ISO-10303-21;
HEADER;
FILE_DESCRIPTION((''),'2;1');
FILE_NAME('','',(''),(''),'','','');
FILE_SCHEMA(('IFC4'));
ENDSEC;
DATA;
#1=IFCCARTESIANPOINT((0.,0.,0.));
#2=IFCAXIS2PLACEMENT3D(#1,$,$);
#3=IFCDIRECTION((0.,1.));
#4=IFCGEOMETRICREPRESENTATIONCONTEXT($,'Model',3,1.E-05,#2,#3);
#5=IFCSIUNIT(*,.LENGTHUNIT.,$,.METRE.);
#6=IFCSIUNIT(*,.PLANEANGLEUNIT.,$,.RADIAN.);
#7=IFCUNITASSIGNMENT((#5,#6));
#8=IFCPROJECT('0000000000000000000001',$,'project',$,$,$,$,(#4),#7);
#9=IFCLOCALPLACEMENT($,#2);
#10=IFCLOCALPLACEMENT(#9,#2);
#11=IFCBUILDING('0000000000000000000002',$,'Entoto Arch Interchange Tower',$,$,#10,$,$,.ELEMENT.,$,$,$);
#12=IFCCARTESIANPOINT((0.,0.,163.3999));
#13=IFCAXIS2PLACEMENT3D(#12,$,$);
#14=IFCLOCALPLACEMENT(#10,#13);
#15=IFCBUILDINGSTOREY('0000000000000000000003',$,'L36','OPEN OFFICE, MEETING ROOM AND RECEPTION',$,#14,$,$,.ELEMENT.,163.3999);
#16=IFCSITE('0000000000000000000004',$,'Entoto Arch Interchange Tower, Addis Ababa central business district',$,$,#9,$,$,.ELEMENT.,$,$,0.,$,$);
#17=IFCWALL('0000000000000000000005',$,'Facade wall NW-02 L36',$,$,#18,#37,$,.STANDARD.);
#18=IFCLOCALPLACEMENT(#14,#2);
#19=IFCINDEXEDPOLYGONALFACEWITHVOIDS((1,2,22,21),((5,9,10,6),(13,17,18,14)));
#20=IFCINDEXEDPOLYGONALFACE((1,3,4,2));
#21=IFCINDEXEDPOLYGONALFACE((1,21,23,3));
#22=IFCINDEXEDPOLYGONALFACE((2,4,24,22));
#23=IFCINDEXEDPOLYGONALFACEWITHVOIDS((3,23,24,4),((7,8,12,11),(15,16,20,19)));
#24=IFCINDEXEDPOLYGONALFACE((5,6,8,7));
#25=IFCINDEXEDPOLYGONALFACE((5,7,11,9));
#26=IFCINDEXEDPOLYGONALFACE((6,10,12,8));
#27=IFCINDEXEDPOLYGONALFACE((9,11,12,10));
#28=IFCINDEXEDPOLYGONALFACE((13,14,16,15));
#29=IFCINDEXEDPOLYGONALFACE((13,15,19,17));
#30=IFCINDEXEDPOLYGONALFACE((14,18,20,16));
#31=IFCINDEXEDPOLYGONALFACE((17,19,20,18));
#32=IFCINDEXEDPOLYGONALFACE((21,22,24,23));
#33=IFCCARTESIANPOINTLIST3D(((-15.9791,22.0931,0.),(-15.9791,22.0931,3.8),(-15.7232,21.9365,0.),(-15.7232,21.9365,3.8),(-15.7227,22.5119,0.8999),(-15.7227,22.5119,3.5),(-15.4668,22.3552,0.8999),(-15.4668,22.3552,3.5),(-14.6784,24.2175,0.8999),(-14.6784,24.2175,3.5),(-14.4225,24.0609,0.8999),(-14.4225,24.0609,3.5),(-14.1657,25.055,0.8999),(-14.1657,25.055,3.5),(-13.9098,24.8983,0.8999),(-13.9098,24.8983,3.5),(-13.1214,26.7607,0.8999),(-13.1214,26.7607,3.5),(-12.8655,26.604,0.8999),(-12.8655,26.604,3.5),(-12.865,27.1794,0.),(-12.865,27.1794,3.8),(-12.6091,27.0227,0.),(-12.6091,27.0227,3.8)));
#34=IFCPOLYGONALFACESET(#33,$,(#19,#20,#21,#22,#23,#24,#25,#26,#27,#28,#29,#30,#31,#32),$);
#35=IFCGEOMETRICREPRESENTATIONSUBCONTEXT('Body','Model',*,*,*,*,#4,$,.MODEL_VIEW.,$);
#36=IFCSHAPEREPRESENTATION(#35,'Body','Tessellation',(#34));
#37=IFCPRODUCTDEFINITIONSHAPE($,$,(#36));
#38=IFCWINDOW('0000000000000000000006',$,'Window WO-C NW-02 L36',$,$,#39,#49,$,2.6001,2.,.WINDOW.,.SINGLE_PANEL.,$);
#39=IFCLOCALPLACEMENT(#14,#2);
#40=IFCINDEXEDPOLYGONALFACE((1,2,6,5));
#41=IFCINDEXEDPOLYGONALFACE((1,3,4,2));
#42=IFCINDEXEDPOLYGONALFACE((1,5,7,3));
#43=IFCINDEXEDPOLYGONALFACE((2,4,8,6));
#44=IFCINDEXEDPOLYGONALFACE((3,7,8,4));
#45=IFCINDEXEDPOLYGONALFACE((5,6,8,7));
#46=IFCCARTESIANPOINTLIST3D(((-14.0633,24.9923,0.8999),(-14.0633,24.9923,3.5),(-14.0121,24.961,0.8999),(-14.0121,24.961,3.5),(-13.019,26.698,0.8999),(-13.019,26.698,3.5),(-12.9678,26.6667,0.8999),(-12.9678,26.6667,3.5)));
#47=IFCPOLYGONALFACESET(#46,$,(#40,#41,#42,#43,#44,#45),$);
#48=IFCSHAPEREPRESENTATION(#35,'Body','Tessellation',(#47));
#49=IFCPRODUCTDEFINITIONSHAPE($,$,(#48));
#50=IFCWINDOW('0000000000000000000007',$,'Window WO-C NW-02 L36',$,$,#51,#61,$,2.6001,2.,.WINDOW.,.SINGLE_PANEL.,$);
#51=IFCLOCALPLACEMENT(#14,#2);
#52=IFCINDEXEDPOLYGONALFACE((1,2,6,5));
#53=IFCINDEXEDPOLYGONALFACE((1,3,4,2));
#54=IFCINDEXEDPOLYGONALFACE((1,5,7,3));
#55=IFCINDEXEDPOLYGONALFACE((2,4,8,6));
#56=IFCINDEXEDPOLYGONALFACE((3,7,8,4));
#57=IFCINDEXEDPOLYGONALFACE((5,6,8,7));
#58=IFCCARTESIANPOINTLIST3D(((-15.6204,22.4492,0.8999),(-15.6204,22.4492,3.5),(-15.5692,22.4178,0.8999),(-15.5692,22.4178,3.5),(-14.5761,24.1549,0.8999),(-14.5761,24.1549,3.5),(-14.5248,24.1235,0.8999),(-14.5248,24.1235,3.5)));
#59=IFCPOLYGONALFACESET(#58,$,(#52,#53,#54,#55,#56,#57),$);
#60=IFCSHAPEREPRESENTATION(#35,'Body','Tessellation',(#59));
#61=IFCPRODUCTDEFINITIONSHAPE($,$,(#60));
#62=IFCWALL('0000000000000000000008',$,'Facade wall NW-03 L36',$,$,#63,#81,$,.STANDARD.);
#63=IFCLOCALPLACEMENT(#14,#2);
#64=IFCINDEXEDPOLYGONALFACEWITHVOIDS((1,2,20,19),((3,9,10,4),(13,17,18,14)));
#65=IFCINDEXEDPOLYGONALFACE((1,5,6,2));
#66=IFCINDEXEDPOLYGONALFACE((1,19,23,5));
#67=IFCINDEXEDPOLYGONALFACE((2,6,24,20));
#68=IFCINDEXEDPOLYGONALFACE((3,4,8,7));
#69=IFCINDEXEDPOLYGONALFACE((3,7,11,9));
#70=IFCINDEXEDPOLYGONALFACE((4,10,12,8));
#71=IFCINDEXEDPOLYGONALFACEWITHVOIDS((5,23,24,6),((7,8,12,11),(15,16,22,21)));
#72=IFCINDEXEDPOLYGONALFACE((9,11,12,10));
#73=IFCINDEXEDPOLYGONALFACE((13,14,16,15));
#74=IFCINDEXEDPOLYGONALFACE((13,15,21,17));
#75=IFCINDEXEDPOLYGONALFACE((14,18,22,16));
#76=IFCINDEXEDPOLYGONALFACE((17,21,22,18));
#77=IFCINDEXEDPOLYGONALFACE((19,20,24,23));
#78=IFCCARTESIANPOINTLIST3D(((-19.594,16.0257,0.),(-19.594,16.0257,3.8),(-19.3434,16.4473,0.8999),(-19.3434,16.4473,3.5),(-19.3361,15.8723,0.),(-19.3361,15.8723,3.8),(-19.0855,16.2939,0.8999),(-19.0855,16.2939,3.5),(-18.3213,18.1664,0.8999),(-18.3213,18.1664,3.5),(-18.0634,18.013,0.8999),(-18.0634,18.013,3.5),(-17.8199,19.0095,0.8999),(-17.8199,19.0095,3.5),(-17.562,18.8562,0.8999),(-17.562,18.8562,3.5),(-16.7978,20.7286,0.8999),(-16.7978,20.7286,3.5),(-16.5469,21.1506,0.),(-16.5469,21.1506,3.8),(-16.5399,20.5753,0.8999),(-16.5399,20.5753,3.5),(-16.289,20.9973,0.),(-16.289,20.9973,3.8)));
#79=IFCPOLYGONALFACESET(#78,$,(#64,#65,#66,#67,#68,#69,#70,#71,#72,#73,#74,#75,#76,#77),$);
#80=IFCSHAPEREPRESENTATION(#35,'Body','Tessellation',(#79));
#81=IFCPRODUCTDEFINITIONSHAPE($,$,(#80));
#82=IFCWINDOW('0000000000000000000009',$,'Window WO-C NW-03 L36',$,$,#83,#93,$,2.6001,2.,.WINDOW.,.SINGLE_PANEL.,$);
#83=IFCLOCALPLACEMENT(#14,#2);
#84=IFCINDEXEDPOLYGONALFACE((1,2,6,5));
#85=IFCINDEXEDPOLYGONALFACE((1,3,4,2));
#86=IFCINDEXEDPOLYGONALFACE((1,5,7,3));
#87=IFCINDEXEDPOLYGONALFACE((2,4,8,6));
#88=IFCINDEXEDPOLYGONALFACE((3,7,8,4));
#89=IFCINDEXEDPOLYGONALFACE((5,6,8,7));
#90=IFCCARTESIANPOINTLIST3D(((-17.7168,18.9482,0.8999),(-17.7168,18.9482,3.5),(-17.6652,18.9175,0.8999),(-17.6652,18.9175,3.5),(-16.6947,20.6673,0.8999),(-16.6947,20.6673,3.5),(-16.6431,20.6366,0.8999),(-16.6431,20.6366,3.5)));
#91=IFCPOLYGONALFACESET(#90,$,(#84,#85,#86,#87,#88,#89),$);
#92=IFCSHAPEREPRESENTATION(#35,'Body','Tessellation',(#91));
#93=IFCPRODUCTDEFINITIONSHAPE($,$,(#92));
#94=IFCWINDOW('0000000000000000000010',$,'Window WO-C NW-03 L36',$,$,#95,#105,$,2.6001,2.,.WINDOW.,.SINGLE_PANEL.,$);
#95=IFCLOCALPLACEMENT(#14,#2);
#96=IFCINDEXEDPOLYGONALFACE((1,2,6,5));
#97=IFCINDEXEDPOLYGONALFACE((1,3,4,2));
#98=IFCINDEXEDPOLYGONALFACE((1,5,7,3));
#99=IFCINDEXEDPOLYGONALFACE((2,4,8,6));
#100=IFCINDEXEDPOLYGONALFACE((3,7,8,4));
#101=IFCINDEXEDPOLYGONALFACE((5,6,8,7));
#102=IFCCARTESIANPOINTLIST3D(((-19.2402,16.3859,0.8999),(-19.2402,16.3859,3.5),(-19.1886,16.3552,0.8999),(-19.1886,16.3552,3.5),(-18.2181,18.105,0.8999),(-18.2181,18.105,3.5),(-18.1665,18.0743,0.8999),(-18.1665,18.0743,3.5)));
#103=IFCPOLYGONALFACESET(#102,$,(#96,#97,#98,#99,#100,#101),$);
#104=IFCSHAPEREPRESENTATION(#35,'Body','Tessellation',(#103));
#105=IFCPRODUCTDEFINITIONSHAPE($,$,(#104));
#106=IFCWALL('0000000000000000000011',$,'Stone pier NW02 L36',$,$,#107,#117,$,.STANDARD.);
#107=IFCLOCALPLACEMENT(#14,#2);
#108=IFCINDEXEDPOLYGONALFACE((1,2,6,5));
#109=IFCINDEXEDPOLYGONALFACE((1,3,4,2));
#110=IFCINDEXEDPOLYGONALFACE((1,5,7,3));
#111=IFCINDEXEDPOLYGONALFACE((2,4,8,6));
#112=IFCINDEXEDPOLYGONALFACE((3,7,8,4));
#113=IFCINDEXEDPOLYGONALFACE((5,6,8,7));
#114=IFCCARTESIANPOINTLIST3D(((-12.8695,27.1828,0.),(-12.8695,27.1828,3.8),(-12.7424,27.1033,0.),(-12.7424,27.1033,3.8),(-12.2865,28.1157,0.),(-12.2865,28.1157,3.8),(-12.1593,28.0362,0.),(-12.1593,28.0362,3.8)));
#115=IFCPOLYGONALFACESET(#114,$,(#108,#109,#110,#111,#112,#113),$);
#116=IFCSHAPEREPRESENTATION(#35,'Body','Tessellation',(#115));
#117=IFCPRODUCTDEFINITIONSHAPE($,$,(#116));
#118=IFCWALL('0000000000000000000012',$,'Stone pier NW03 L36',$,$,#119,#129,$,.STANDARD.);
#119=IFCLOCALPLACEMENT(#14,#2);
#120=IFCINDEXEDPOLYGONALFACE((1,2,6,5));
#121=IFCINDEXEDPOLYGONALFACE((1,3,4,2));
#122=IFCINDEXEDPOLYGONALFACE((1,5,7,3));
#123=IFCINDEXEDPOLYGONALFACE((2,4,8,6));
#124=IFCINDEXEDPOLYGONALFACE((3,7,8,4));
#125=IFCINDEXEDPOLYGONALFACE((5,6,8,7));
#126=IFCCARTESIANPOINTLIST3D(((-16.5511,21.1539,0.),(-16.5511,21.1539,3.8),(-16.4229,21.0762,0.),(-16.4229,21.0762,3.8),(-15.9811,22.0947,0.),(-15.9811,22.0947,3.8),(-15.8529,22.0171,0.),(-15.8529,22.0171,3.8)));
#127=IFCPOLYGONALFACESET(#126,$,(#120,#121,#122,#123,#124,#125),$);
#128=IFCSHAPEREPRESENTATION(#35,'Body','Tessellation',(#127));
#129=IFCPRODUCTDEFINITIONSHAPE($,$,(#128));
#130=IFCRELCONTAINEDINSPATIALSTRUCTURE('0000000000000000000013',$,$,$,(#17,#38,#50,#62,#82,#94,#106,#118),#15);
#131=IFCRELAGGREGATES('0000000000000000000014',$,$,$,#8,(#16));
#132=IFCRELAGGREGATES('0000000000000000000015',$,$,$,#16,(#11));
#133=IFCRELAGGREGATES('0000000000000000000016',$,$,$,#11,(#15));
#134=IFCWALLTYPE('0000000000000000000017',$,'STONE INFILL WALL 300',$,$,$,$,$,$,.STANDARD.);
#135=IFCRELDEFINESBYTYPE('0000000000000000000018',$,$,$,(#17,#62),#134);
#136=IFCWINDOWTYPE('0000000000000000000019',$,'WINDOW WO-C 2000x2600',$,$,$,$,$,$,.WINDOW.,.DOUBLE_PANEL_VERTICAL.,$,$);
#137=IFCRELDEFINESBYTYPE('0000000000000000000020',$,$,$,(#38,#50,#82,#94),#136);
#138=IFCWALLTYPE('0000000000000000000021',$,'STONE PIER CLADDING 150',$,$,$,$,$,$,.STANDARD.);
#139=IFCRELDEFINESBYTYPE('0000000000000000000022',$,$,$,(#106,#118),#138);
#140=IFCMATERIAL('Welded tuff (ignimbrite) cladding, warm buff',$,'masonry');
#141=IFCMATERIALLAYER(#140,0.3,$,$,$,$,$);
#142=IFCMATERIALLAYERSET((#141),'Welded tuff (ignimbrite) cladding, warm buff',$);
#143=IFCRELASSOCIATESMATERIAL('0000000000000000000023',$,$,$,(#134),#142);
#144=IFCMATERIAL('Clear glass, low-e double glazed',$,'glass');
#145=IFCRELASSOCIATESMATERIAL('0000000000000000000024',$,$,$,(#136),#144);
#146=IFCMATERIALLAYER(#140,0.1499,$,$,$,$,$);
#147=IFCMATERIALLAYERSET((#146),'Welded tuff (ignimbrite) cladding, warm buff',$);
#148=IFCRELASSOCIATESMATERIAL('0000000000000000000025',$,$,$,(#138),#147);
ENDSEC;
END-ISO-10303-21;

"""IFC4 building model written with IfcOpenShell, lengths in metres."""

from ifc_helpers import new_model, si_unit, direction, frame, frame_2d, origin, place, context, subcontext, project, spatial, rectangle, extrude, material, layer, layer_set, type_object, element, fill, save


model = new_model("IFC4")

# Units and contexts
model_context = context("Model", 3, precision=1e-05, world=origin(), true_north=direction((0.0, 1.0)))
body_context = subcontext(model_context, "Body", "Model", "MODEL_VIEW")
ifc_project = project(units=[si_unit("LENGTHUNIT", "METRE"), si_unit("PLANEANGLEUNIT", "RADIAN")], contexts=[model_context])

# Site, building, storey
site_placement = place(None, origin())
site = spatial("IfcSite", under=ifc_project, at=site_placement, Name="Entoto Arch Interchange Tower, Addis Ababa central business district", CompositionType="ELEMENT", RefElevation=0.0)
building_placement = place(site_placement, origin())
building = spatial("IfcBuilding", under=site, at=building_placement, Name="Entoto Arch Interchange Tower", CompositionType="ELEMENT")
storey_placement = place(building_placement, frame((0.0, 0.0, 163.3999)))
storey = spatial("IfcBuildingStorey", under=building, at=storey_placement, Name="L36", Description="OPEN OFFICE, MEETING ROOM AND RECEPTION", CompositionType="ELEMENT", Elevation=163.3999)

# Walls, openings, windows
ifc_material_1 = material(Name="Welded tuff (ignimbrite) cladding, warm buff", Category="masonry")
ifc_layer_1 = layer(ifc_material_1, 0.3)
ifc_layer_set_1 = layer_set([ifc_layer_1], Name="Welded tuff (ignimbrite) cladding, warm buff")
wall_type_1 = type_object("IfcWallType", Name="STONE INFILL WALL 300", PredefinedType="STANDARD", material=ifc_layer_set_1)
wall_1_placement = place(storey_placement, frame((-12.7371, 27.1011, 0.0), z_axis=(0.0, 0.0, 1.0), x_axis=(-0.522157, -0.852849, 0.0)))
wall_1 = element("IfcWall", 1, at=wall_1_placement, inside=storey, type_object=wall_type_1, Name="Facade wall NW-02 L36", PredefinedType="STANDARD", context=body_context, shape_type="SweptSolid", body=[
    extrude(rectangle(XDim=5.9639, YDim=0.3, at=frame_2d((2.9819, 0.0))), origin(), (0.0, 0.0, 1.0), 3.8),
])
opening_1_placement = place(wall_1_placement, frame((0.491, 0.0, 0.8999)))
opening_1 = element("IfcOpeningElement", 2, at=opening_1_placement, cuts=wall_1, PredefinedType="OPENING", context=body_context, shape_type="SweptSolid", body=[
    extrude(rectangle(XDim=2.0, YDim=2.6001, at=frame_2d((1.0, 1.3))), frame((0.0, 0.1602, 0.0), z_axis=(0.0, -1.0, 0.0), x_axis=(1.0, 0.0, 0.0)), (0.0, 0.0, 1.0), 0.3201),
])
opening_2_placement = place(wall_1_placement, frame((3.4729, 0.0, 0.8999)))
opening_2 = element("IfcOpeningElement", 3, at=opening_2_placement, cuts=wall_1, PredefinedType="OPENING", context=body_context, shape_type="SweptSolid", body=[
    extrude(rectangle(XDim=2.0, YDim=2.6001, at=frame_2d((1.0, 1.3))), frame((0.0, 0.1602, 0.0), z_axis=(0.0, -1.0, 0.0), x_axis=(1.0, 0.0, 0.0)), (0.0, 0.0, 1.0), 0.3201),
])
ifc_material_2 = material(Name="Clear glass, low-e double glazed", Category="glass")
window_type = type_object("IfcWindowType", Name="WINDOW WO-C 2000x2600", PartitioningType="DOUBLE_PANEL_VERTICAL", PredefinedType="WINDOW", material=ifc_material_2)
window_1_placement = place(opening_1_placement, origin())
window_1 = element("IfcWindow", 4, at=window_1_placement, inside=storey, type_object=window_type, Name="Window WO-C NW-02 L36", OverallHeight=2.6001, OverallWidth=2.0, PartitioningType="SINGLE_PANEL", PredefinedType="WINDOW", context=body_context, shape_type="SweptSolid", body=[
    extrude(rectangle(XDim=2.0, YDim=2.6001, at=frame_2d((1.0, 1.3))), frame((0.0, 0.03, 0.0), z_axis=(0.0, -1.0, 0.0), x_axis=(1.0, 0.0, 0.0)), (0.0, 0.0, 1.0), 0.0601),
])
fill(opening_1, window_1)
window_2_placement = place(opening_2_placement, origin())
window_2 = element("IfcWindow", 5, at=window_2_placement, inside=storey, type_object=window_type, Name="Window WO-C NW-02 L36", OverallHeight=2.6001, OverallWidth=2.0, PartitioningType="SINGLE_PANEL", PredefinedType="WINDOW", context=body_context, shape_type="SweptSolid", body=[
    extrude(rectangle(XDim=2.0, YDim=2.6001, at=frame_2d((1.0, 1.3))), frame((0.0, 0.03, 0.0), z_axis=(0.0, -1.0, 0.0), x_axis=(1.0, 0.0, 0.0)), (0.0, 0.0, 1.0), 0.0601),
])
fill(opening_2, window_2)
wall_2_placement = place(storey_placement, frame((-16.418, 21.074, 0.0), z_axis=(0.0, 0.0, 1.0), x_axis=(-0.511053, -0.859549, 0.0)))
wall_2 = element("IfcWall", 6, at=wall_2_placement, inside=storey, type_object=wall_type_1, Name="Facade wall NW-03 L36", PredefinedType="STANDARD", context=body_context, shape_type="SweptSolid", body=[
    extrude(rectangle(XDim=5.9624, YDim=0.3, at=frame_2d((2.9812, 0.0))), origin(), (0.0, 0.0, 1.0), 3.8),
])
opening_3_placement = place(wall_2_placement, frame((0.491, 0.0, 0.8999)))
opening_3 = element("IfcOpeningElement", 7, at=opening_3_placement, cuts=wall_2, PredefinedType="OPENING", context=body_context, shape_type="SweptSolid", body=[
    extrude(rectangle(XDim=2.0, YDim=2.6001, at=frame_2d((1.0, 1.3))), frame((0.0, 0.1602, 0.0), z_axis=(0.0, -1.0, 0.0), x_axis=(1.0, 0.0, 0.0)), (0.0, 0.0, 1.0), 0.3201),
])
opening_4_placement = place(wall_2_placement, frame((3.4719, 0.0, 0.8999)))
opening_4 = element("IfcOpeningElement", 8, at=opening_4_placement, cuts=wall_2, PredefinedType="OPENING", context=body_context, shape_type="SweptSolid", body=[
    extrude(rectangle(XDim=2.0, YDim=2.6001, at=frame_2d((1.0, 1.3))), frame((0.0, 0.1602, 0.0), z_axis=(0.0, -1.0, 0.0), x_axis=(1.0, 0.0, 0.0)), (0.0, 0.0, 1.0), 0.3201),
])
window_3_placement = place(opening_3_placement, origin())
window_3 = element("IfcWindow", 9, at=window_3_placement, inside=storey, type_object=window_type, Name="Window WO-C NW-03 L36", OverallHeight=2.6001, OverallWidth=2.0, PartitioningType="SINGLE_PANEL", PredefinedType="WINDOW", context=body_context, shape_type="SweptSolid", body=[
    extrude(rectangle(XDim=2.0, YDim=2.6001, at=frame_2d((1.0, 1.3))), frame((0.0, 0.03, 0.0), z_axis=(0.0, -1.0, 0.0), x_axis=(1.0, 0.0, 0.0)), (0.0, 0.0, 1.0), 0.0601),
])
fill(opening_3, window_3)
window_4_placement = place(opening_4_placement, origin())
window_4 = element("IfcWindow", 10, at=window_4_placement, inside=storey, type_object=window_type, Name="Window WO-C NW-03 L36", OverallHeight=2.6001, OverallWidth=2.0, PartitioningType="SINGLE_PANEL", PredefinedType="WINDOW", context=body_context, shape_type="SweptSolid", body=[
    extrude(rectangle(XDim=2.0, YDim=2.6001, at=frame_2d((1.0, 1.3))), frame((0.0, 0.03, 0.0), z_axis=(0.0, -1.0, 0.0), x_axis=(1.0, 0.0, 0.0)), (0.0, 0.0, 1.0), 0.0601),
])
fill(opening_4, window_4)

# Walls
ifc_layer_2 = layer(ifc_material_1, 0.1499)
ifc_layer_set_2 = layer_set([ifc_layer_2], Name="Welded tuff (ignimbrite) cladding, warm buff")
wall_type_2 = type_object("IfcWallType", Name="STONE PIER CLADDING 150", PredefinedType="STANDARD", material=ifc_layer_set_2)
for number, where, z_axis, x_axis, name in (
    (11, (-12.2229, 28.0759, 0.0), (0.0, 0.0, 1.0), (-0.529979, -0.848011, 0.0), "Stone pier NW02 L36"),
    (12, (-15.917, 22.0559, 0.0), (0.0, 0.0, 1.0), (-0.518179, -0.855272, 0.0), "Stone pier NW03 L36"),
):
    element("IfcWall", number, at=place(storey_placement, frame(where, z_axis=z_axis, x_axis=x_axis)), inside=storey, type_object=wall_type_2, Name=name, PredefinedType="STANDARD", context=body_context, shape_type="SweptSolid", body=[
        extrude(rectangle(XDim=1.1001, YDim=0.1499, at=frame_2d((0.55, 0.0))), origin(), (0.0, 0.0, 1.0), 3.8),
    ])

save(model, "model.ifc")
